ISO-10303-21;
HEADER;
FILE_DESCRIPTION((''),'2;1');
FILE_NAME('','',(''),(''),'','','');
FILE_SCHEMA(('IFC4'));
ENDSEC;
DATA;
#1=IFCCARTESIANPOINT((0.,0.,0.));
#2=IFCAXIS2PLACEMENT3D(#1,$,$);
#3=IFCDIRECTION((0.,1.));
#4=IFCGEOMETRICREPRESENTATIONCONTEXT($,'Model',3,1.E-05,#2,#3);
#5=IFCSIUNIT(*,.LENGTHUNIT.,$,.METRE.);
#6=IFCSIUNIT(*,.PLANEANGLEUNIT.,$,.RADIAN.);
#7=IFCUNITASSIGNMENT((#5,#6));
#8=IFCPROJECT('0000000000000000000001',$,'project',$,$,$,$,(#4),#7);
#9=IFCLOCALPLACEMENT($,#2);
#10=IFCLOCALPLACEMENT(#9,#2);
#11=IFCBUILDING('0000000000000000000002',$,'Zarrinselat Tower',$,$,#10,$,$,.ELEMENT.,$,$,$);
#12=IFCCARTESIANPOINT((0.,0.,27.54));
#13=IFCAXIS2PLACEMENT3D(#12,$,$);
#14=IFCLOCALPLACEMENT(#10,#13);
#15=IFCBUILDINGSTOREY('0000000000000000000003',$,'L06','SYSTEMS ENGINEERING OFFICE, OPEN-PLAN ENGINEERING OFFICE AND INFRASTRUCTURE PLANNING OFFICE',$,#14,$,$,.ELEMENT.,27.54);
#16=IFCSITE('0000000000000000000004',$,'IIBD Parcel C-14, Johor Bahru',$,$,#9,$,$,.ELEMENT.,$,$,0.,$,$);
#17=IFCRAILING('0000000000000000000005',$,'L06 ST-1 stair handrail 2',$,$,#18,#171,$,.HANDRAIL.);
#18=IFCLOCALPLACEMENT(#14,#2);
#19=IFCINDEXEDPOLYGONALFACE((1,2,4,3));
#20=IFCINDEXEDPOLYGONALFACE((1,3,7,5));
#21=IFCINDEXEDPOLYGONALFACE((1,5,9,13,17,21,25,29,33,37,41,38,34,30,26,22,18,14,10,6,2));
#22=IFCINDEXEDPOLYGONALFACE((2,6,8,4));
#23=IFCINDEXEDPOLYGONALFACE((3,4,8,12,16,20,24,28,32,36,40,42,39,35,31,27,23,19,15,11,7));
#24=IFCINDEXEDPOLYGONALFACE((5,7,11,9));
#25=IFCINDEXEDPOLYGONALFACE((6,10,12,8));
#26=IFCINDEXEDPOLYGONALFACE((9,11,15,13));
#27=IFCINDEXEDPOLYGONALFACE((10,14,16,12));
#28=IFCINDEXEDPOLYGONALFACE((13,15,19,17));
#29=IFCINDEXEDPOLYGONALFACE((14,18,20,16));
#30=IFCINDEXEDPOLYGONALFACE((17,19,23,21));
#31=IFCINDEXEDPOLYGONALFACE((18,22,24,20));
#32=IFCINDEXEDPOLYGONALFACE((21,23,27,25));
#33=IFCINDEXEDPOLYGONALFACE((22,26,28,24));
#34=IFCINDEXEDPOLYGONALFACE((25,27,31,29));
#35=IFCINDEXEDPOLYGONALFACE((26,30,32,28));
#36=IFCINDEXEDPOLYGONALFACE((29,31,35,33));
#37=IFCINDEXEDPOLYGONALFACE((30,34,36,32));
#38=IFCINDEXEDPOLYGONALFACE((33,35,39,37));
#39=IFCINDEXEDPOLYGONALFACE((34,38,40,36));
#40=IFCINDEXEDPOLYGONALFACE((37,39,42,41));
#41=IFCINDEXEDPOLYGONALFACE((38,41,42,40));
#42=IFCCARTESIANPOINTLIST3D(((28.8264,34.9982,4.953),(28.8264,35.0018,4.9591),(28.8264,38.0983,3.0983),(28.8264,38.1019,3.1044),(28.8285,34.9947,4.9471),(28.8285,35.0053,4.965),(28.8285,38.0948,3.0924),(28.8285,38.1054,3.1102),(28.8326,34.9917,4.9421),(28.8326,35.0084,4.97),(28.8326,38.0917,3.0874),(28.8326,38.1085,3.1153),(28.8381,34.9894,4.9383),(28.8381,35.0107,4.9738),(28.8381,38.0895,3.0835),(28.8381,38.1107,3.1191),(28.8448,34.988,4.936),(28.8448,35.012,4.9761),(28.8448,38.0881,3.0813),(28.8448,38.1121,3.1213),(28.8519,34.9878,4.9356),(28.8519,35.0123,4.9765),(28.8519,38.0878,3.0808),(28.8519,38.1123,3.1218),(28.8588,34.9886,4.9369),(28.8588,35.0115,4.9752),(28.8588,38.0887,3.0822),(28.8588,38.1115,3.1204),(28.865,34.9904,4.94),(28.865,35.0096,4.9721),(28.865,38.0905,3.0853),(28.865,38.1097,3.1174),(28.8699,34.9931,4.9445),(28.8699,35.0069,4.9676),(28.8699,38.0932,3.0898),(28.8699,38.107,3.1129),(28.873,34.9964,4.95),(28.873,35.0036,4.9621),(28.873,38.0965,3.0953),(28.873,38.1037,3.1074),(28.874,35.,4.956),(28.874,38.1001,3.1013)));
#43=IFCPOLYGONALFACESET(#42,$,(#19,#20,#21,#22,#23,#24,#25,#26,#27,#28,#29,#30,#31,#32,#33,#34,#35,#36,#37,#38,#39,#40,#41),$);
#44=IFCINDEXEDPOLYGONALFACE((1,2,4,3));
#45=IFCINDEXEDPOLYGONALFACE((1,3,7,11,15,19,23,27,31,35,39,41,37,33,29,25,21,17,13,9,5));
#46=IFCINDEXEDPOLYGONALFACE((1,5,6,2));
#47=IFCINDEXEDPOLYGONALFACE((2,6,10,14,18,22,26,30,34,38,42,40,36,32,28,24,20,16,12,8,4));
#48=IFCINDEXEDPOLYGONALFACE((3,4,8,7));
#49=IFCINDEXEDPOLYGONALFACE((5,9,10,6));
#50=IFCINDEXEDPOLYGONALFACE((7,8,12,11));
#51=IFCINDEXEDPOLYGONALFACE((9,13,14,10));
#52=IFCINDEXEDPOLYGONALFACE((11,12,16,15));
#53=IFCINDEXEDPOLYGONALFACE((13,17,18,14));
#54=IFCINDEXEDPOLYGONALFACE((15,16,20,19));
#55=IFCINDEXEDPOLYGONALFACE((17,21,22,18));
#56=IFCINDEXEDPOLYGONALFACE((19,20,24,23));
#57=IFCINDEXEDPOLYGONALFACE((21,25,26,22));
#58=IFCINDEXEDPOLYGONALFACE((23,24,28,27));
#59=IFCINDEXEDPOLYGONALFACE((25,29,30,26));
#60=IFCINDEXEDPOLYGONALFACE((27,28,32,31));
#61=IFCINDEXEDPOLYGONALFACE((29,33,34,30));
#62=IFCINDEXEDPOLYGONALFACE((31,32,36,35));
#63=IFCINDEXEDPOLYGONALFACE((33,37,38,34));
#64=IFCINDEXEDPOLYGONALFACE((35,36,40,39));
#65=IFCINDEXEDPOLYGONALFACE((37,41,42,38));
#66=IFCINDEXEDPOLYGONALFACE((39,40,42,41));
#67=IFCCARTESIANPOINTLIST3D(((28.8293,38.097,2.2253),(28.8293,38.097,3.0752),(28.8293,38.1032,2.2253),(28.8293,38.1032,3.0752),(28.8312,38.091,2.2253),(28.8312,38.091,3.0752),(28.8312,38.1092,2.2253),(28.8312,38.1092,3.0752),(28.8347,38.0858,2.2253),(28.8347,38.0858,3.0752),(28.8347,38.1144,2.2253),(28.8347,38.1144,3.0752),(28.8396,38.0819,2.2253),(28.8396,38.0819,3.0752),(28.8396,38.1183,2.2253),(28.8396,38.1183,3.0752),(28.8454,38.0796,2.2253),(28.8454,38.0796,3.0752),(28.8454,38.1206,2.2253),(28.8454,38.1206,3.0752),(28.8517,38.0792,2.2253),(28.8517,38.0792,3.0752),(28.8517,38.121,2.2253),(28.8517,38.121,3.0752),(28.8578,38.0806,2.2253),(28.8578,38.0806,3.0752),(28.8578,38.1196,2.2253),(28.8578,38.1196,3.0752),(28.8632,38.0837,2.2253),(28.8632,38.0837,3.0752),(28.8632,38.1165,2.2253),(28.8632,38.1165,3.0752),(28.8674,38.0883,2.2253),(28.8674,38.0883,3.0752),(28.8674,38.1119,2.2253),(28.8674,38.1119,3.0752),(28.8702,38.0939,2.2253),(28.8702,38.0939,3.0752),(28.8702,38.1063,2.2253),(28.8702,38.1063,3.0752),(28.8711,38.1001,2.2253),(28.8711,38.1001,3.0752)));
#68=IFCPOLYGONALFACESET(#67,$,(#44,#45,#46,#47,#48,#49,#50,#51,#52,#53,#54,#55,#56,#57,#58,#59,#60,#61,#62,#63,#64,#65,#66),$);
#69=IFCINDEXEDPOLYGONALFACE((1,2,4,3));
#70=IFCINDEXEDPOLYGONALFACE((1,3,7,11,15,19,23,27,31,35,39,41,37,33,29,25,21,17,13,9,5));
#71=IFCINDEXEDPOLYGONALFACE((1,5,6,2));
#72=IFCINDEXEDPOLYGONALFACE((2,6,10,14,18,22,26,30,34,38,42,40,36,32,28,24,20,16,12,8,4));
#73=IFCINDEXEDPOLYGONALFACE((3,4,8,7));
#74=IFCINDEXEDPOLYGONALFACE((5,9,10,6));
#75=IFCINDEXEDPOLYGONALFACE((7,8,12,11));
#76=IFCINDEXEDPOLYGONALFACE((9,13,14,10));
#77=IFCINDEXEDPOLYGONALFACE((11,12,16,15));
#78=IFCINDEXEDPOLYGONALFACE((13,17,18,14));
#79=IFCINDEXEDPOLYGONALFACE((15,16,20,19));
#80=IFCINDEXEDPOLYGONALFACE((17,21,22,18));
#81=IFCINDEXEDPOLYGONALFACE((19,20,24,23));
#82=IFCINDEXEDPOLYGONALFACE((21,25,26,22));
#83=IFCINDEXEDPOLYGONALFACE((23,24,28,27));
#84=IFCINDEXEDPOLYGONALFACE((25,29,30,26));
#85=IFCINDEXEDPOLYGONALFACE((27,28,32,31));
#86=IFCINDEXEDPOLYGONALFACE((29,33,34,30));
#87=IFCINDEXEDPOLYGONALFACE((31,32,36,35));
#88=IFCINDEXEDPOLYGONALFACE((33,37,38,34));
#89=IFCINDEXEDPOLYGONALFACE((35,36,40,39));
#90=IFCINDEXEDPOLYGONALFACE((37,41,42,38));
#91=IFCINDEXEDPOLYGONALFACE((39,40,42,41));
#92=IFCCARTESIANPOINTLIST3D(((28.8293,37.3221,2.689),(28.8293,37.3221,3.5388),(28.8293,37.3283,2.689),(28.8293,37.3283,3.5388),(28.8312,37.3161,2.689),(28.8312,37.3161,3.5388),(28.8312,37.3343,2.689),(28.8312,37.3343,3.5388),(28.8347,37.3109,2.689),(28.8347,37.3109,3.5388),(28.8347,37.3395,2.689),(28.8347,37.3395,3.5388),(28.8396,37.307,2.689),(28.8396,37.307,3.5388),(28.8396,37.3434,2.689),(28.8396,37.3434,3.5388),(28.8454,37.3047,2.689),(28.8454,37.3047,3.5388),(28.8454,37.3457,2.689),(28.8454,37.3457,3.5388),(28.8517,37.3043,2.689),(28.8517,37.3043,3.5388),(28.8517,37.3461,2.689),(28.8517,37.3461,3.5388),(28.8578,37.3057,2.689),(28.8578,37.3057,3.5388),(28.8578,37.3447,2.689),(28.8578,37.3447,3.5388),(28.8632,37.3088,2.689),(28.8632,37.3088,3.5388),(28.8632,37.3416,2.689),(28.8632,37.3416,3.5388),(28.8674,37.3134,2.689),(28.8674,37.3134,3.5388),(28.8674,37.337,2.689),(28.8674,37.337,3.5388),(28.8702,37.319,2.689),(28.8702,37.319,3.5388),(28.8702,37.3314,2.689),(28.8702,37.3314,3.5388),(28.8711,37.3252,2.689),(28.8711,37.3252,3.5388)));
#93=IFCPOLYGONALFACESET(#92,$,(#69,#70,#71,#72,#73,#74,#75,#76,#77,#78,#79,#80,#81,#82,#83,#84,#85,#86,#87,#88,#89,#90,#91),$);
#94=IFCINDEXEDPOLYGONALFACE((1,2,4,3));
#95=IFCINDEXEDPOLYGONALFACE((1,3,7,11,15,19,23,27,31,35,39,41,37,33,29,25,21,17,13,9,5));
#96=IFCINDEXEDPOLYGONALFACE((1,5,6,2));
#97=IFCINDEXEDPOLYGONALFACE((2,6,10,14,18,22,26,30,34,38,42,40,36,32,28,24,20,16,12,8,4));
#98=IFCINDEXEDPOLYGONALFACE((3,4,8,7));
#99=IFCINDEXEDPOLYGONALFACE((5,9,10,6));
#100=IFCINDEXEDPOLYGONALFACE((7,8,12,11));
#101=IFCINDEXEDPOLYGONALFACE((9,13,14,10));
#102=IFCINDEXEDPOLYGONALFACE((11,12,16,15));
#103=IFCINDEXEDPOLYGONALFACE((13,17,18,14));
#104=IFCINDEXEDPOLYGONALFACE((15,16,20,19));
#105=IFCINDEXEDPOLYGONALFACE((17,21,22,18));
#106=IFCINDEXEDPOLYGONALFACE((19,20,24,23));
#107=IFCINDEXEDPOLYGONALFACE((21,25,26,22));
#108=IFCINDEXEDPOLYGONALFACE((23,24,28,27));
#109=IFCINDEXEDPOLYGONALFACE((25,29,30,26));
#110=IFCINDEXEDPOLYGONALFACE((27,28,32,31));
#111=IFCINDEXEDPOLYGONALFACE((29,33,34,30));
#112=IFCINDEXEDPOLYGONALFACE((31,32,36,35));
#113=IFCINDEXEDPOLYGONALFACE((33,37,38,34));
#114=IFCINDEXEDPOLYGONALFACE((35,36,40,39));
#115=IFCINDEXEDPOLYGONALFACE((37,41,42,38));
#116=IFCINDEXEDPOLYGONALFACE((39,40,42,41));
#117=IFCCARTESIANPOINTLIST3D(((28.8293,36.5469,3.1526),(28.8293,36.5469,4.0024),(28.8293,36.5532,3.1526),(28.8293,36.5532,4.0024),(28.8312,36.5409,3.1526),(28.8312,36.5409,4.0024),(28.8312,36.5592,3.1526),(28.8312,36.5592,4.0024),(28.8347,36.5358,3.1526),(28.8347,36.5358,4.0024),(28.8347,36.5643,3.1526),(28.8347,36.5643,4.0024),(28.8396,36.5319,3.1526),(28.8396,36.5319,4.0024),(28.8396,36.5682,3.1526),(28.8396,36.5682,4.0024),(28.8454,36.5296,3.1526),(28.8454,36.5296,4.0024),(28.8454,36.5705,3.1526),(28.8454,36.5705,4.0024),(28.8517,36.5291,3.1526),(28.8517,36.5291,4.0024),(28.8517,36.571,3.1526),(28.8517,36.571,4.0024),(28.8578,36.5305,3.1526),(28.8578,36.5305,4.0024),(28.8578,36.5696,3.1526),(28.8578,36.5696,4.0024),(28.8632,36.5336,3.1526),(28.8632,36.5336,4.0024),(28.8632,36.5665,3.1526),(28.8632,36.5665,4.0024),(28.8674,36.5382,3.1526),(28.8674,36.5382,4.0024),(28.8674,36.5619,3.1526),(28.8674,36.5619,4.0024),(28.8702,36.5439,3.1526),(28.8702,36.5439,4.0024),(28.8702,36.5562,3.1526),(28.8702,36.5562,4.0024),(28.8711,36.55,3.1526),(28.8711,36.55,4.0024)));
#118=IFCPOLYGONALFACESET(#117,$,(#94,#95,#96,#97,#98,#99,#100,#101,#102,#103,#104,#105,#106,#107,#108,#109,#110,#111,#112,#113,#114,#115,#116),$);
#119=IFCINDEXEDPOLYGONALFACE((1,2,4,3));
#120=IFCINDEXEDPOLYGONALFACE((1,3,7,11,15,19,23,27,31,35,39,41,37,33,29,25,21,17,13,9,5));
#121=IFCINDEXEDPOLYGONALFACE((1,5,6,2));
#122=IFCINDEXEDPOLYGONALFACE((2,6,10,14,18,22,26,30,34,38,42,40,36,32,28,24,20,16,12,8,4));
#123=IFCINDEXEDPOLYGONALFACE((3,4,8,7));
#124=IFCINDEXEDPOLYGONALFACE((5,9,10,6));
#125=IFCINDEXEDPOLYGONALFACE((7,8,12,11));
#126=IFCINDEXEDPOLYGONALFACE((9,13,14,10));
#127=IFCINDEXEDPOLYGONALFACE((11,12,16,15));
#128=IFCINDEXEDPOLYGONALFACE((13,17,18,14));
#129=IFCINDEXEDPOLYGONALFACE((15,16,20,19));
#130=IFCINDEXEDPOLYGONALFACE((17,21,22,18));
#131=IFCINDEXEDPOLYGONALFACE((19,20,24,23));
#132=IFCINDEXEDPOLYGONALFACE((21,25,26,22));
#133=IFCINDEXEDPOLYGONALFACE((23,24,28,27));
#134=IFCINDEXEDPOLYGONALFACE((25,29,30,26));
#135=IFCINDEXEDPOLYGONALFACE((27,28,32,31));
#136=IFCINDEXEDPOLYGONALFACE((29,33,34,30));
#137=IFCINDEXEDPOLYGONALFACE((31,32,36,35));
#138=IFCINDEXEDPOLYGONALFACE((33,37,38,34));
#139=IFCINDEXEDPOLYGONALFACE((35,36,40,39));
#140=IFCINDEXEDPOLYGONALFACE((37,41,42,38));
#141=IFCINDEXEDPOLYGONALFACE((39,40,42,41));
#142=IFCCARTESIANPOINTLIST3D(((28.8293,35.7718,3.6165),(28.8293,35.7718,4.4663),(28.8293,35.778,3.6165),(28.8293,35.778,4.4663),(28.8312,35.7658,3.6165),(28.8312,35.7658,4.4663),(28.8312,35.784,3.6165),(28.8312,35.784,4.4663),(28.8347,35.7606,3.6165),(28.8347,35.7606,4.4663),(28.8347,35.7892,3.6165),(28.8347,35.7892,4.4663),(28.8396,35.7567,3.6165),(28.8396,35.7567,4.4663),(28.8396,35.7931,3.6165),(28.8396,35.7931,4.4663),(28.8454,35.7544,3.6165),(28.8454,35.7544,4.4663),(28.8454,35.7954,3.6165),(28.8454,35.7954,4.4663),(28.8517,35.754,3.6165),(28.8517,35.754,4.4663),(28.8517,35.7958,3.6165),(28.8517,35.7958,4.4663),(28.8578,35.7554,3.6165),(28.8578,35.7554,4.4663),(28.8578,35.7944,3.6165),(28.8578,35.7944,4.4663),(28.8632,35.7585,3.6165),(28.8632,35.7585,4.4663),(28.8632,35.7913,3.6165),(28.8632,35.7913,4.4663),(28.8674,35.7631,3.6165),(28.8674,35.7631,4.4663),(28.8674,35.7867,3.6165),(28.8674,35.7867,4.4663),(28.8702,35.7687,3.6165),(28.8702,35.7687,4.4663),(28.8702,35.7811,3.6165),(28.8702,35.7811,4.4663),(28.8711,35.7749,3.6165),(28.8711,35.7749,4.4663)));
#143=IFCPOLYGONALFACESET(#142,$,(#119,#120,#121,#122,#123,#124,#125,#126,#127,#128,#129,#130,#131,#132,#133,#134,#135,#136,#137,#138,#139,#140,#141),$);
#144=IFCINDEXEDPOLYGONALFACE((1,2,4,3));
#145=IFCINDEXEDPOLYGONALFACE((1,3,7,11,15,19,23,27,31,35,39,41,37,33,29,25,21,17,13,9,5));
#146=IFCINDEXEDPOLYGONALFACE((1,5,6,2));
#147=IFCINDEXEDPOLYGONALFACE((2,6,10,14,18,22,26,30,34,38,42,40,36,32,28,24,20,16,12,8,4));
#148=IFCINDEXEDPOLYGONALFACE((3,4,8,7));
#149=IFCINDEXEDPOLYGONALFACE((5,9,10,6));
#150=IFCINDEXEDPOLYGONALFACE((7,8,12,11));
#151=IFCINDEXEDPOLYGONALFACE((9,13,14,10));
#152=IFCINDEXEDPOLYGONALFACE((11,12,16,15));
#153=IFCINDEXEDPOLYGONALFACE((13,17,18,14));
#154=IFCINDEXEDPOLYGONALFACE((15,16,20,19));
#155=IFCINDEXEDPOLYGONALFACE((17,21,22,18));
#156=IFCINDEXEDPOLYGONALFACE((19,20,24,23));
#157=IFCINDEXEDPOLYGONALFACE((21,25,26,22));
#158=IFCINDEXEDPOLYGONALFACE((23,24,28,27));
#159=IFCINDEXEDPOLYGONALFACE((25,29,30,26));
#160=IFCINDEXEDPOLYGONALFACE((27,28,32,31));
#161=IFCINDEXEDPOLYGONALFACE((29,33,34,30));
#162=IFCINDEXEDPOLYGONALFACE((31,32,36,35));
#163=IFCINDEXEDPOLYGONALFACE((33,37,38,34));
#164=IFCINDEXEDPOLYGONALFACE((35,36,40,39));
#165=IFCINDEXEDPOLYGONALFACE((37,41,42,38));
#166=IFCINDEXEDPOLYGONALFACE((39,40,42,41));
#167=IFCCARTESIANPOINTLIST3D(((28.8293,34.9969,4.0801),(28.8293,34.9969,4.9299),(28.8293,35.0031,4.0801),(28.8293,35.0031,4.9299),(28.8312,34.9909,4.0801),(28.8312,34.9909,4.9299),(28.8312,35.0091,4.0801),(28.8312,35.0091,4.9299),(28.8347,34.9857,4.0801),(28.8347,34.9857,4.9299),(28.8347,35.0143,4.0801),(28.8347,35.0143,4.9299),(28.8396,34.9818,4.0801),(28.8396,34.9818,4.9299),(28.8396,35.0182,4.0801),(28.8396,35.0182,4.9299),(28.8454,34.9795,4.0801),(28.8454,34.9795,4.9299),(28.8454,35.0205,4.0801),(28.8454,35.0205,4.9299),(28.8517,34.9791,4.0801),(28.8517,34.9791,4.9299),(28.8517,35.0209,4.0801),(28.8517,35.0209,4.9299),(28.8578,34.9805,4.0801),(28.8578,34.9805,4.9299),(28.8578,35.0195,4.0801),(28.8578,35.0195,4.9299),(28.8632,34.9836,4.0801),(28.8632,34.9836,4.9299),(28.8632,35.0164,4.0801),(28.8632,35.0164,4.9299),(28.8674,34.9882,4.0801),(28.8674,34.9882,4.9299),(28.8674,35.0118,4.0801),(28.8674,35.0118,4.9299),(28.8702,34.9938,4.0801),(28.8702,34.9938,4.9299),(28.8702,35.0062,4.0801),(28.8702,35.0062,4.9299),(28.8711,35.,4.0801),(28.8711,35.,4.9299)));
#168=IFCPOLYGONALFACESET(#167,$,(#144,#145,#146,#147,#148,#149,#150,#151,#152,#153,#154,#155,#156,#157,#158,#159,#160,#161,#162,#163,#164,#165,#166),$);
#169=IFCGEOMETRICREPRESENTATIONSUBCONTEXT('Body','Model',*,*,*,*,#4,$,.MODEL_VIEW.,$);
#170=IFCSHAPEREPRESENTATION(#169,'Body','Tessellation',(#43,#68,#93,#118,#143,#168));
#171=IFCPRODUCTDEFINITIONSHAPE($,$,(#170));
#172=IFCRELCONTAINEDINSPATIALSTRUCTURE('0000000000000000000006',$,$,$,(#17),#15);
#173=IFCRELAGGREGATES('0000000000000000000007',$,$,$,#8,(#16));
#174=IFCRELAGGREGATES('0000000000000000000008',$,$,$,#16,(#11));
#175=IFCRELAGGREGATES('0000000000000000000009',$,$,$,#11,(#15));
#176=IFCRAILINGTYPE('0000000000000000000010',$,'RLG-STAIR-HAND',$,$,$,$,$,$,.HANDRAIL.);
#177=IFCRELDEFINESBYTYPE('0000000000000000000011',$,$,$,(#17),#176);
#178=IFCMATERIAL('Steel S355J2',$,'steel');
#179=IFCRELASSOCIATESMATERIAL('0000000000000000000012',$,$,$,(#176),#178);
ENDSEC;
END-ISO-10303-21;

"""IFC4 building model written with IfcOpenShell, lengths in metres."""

from ifc_helpers import new_model, si_unit, direction, frame, origin, origin_2d, place, context, subcontext, project, spatial, circle, extrude, material, type_object, element, save


model = new_model("IFC4")

# Units and contexts
model_context = context("Model", 3, precision=1e-05, world=origin(), true_north=direction((0.0, 1.0)))
body_context = subcontext(model_context, "Body", "Model", "MODEL_VIEW")
ifc_project = project(units=[si_unit("LENGTHUNIT", "METRE"), si_unit("PLANEANGLEUNIT", "RADIAN")], contexts=[model_context])

# Site, building, storey
site_placement = place(None, origin())
site = spatial("IfcSite", under=ifc_project, at=site_placement, Name="IIBD Parcel C-14, Johor Bahru", CompositionType="ELEMENT", RefElevation=0.0)
building_placement = place(site_placement, origin())
building = spatial("IfcBuilding", under=site, at=building_placement, Name="Zarrinselat Tower", CompositionType="ELEMENT")
storey_placement = place(building_placement, frame((0.0, 0.0, 27.54)))
storey = spatial("IfcBuildingStorey", under=building, at=storey_placement, Name="L06", Description="SYSTEMS ENGINEERING OFFICE, OPEN-PLAN ENGINEERING OFFICE AND INFRASTRUCTURE PLANNING OFFICE", CompositionType="ELEMENT", Elevation=27.54)

# Railing
ifc_material_1 = material(Name="Steel S355J2", Category="steel")
railing_type_1 = type_object("IfcRailingType", Name="RLG-STAIR-HAND", PredefinedType="HANDRAIL", material=ifc_material_1)
railing_1_placement = place(storey_placement, frame((28.8501, 38.1001, 2.2253)))
element("IfcRailing", 1, at=railing_1_placement, inside=storey, type_object=railing_type_1, Name="L06 ST-1 stair handrail 2", PredefinedType="HANDRAIL", context=body_context, shape_type="SweptSolid", body=[
    extrude(circle(Radius=0.0239, at=origin_2d()), frame((0.0, 0.0, 0.876), z_axis=(0.0, -0.858142, 0.513412), x_axis=(1.0, 0.0, 0.0)), (0.0, 0.0, 1.0), 3.6125),
    extrude(circle(Radius=0.021, at=origin_2d()), origin(), (0.0, 0.0, 1.0), 0.8499),
    extrude(circle(Radius=0.021, at=origin_2d()), frame((0.0, -0.7749, 0.4636)), (0.0, 0.0, 1.0), 0.8499),
    extrude(circle(Radius=0.021, at=origin_2d()), frame((0.0, -1.55, 0.9272)), (0.0, 0.0, 1.0), 0.8499),
    extrude(circle(Radius=0.021, at=origin_2d()), frame((0.0, -2.3252, 1.3911)), (0.0, 0.0, 1.0), 0.8499),
    extrude(circle(Radius=0.021, at=origin_2d()), frame((0.0, -3.1001, 1.8547)), (0.0, 0.0, 1.0), 0.8499),
])

save(model, "model.ifc")
